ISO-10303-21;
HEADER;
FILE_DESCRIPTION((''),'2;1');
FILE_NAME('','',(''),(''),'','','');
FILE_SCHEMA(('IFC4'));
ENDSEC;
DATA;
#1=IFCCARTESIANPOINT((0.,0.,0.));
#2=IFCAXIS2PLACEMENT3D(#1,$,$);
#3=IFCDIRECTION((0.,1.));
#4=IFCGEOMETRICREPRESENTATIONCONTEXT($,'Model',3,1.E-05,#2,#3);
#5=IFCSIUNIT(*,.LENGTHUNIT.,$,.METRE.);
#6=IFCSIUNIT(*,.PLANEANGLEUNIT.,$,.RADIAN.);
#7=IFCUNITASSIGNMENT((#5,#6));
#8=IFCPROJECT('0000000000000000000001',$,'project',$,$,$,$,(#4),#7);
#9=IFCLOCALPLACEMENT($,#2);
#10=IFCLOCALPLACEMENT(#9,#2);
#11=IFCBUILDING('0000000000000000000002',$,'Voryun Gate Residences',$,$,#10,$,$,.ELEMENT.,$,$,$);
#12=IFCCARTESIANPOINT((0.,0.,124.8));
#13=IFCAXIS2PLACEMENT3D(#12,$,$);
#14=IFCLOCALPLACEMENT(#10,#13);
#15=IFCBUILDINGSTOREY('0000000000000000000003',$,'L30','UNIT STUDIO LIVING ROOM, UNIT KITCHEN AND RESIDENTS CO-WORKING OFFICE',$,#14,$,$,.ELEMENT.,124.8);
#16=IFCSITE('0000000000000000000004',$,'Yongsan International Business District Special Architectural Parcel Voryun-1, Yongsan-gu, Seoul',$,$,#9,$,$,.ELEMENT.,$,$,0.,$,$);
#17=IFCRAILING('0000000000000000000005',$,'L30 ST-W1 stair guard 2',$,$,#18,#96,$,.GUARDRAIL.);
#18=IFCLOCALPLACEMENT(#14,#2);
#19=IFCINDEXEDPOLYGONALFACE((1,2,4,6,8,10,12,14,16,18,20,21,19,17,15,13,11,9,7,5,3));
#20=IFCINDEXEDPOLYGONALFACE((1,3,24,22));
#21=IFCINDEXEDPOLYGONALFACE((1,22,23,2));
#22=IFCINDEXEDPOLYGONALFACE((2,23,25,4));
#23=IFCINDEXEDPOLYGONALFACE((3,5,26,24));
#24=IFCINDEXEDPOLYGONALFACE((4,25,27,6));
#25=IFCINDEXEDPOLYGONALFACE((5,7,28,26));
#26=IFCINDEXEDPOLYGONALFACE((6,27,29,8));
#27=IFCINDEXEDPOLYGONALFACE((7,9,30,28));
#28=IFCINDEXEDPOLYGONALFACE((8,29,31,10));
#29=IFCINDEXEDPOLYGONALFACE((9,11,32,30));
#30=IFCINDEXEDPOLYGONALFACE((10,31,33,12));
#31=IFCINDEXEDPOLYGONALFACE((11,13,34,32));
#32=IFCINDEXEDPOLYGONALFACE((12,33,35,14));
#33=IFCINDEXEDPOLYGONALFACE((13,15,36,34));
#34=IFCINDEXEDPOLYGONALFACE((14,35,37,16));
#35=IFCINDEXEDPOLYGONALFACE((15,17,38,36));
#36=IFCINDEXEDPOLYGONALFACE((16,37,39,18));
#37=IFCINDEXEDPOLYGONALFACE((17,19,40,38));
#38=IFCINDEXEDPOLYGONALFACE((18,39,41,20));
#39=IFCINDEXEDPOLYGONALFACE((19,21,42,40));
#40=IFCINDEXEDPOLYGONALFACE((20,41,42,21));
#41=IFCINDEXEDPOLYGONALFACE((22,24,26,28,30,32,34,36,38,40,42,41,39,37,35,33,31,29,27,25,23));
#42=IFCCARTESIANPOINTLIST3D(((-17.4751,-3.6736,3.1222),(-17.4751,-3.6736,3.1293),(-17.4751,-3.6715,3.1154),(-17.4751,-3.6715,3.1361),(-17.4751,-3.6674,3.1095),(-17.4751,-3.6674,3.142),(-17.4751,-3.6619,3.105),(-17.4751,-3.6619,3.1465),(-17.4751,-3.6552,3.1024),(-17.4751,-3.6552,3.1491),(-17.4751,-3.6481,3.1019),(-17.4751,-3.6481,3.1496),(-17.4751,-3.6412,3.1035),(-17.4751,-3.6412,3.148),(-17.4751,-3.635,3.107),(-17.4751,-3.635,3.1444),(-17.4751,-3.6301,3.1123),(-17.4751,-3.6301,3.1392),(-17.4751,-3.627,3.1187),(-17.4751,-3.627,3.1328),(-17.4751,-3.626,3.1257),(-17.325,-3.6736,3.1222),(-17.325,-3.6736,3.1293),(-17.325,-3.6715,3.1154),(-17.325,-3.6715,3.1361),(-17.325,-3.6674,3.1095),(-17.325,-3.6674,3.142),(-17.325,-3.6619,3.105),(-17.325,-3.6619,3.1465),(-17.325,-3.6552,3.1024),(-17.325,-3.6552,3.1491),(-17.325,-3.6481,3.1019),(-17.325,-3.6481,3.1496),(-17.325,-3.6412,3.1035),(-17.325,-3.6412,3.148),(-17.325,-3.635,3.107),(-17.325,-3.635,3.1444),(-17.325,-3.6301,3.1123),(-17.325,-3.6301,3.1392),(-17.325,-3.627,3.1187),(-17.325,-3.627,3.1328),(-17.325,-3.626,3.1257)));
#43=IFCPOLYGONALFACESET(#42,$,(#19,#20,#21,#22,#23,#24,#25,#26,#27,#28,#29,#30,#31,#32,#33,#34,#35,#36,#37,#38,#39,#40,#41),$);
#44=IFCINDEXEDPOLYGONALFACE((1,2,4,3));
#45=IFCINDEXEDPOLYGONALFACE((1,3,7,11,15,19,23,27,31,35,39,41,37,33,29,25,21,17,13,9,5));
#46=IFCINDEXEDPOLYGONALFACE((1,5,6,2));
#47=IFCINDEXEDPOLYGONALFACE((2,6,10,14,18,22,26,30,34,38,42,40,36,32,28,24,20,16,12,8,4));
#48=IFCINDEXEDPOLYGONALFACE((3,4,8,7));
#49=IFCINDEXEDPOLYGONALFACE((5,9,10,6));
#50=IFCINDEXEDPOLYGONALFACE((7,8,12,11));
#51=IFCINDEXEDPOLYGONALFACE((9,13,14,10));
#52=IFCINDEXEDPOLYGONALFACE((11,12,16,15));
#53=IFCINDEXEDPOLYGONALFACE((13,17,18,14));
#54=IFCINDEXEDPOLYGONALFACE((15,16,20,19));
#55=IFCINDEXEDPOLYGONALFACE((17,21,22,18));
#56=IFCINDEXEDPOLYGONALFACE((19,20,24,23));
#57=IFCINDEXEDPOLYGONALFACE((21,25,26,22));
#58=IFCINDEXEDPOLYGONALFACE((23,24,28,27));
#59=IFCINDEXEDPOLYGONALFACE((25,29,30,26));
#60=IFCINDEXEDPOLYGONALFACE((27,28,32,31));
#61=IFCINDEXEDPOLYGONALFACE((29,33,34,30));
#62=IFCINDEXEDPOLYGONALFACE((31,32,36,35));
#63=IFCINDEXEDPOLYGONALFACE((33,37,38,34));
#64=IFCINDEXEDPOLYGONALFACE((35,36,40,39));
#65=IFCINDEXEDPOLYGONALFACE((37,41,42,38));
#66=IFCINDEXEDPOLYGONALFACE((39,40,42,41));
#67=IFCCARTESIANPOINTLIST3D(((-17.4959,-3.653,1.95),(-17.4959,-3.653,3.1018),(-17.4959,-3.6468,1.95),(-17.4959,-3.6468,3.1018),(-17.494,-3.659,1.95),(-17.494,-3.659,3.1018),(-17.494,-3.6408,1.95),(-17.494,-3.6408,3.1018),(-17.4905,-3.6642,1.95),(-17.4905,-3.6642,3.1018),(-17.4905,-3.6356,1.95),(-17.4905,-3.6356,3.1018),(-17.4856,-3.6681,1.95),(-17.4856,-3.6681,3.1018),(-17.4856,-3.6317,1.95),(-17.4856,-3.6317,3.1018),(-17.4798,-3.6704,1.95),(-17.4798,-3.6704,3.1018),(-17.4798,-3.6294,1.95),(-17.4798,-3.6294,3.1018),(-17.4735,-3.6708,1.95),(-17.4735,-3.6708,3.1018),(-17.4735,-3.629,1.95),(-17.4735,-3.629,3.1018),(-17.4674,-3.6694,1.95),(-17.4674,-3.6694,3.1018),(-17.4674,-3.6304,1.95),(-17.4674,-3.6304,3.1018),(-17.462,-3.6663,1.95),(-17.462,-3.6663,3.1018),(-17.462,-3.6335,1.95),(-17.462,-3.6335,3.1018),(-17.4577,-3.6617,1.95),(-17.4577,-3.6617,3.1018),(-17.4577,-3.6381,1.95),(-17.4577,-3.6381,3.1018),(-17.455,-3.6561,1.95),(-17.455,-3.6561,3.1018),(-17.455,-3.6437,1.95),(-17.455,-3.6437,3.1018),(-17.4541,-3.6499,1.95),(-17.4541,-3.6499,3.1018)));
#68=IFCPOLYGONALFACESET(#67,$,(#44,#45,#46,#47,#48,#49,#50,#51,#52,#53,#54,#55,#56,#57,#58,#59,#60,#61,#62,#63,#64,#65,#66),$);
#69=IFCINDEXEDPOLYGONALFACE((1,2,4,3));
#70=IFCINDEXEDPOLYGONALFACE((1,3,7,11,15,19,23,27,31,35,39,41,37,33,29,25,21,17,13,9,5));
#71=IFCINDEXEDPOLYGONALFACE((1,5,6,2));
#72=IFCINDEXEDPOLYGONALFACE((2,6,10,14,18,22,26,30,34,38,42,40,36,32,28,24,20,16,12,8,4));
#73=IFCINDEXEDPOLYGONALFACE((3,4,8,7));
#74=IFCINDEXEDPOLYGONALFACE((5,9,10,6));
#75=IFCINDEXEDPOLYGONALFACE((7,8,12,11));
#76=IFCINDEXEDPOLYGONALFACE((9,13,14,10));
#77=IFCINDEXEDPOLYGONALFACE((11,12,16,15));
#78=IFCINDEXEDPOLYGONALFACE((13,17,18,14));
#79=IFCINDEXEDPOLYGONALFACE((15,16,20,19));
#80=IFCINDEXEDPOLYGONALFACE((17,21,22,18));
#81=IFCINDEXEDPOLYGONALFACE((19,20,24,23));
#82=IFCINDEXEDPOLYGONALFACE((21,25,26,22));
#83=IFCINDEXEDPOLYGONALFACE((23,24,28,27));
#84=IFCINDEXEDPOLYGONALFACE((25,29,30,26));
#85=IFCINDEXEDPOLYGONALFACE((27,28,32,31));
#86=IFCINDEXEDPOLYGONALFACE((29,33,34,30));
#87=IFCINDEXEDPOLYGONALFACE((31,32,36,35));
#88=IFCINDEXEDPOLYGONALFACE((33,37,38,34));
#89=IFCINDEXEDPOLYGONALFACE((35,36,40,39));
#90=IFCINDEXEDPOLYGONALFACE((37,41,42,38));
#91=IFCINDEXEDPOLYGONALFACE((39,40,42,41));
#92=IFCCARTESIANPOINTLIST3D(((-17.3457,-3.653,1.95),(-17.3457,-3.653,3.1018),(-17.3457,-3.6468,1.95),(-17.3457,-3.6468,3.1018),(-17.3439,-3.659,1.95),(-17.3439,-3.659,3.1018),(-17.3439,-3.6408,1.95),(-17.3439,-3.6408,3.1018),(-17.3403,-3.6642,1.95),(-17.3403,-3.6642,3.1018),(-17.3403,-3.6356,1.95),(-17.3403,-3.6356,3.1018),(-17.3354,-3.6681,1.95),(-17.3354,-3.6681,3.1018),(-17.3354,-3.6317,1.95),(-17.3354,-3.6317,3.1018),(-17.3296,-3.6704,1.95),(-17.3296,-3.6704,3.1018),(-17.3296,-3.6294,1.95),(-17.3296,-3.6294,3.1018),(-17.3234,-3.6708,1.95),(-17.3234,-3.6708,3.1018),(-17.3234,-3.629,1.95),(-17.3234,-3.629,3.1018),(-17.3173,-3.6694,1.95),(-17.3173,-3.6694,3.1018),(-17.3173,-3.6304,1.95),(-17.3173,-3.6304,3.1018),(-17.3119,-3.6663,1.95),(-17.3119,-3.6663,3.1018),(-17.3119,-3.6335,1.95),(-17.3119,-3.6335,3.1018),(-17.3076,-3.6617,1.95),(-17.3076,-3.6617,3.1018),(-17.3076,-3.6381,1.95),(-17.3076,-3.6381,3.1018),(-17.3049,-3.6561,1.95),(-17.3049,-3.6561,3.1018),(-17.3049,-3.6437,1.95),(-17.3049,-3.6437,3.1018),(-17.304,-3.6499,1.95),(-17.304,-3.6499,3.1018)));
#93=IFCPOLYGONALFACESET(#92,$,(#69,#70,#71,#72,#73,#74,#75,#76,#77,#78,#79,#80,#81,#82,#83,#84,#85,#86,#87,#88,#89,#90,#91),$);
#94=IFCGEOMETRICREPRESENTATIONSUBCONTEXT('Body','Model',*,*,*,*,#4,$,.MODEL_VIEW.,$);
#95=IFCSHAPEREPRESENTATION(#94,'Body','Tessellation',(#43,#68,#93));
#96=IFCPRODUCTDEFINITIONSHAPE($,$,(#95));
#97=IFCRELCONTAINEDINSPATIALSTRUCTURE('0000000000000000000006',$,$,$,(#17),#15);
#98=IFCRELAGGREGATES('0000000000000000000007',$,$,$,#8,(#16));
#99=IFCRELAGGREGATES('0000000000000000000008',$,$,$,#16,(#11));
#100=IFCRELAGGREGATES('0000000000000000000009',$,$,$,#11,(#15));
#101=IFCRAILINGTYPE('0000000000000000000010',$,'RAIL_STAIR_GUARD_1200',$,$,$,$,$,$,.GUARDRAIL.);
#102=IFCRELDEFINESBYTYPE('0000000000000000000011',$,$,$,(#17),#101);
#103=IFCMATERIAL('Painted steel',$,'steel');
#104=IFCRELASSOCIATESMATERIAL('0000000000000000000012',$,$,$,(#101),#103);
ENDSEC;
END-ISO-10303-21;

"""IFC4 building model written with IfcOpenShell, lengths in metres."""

from ifc_helpers import new_model, si_unit, direction, frame, origin, origin_2d, place, context, subcontext, project, spatial, circle, extrude, material, type_object, element, save


model = new_model("IFC4")

# Units and contexts
model_context = context("Model", 3, precision=1e-05, world=origin(), true_north=direction((0.0, 1.0)))
body_context = subcontext(model_context, "Body", "Model", "MODEL_VIEW")
ifc_project = project(units=[si_unit("LENGTHUNIT", "METRE"), si_unit("PLANEANGLEUNIT", "RADIAN")], contexts=[model_context])

# Site, building, storey
site_placement = place(None, origin())
site = spatial("IfcSite", under=ifc_project, at=site_placement, Name="Yongsan International Business District Special Architectural Parcel Voryun-1, Yongsan-gu, Seoul", CompositionType="ELEMENT", RefElevation=0.0)
building_placement = place(site_placement, origin())
building = spatial("IfcBuilding", under=site, at=building_placement, Name="Voryun Gate Residences", CompositionType="ELEMENT")
storey_placement = place(building_placement, frame((0.0, 0.0, 124.8)))
storey = spatial("IfcBuildingStorey", under=building, at=storey_placement, Name="L30", Description="UNIT STUDIO LIVING ROOM, UNIT KITCHEN AND RESIDENTS CO-WORKING OFFICE", CompositionType="ELEMENT", Elevation=124.8)

# Railing
ifc_material_1 = material(Name="Painted steel", Category="steel")
railing_type_1 = type_object("IfcRailingType", Name="RAIL_STAIR_GUARD_1200", PredefinedType="GUARDRAIL", material=ifc_material_1)
railing_1_placement = place(storey_placement, frame((-17.4751, -3.6499, 1.95)))
element("IfcRailing", 1, at=railing_1_placement, inside=storey, type_object=railing_type_1, Name="L30 ST-W1 stair guard 2", PredefinedType="GUARDRAIL", context=body_context, shape_type="SweptSolid", body=[
    extrude(circle(Radius=0.0239, at=origin_2d()), frame((0.0, 0.0, 1.1758), z_axis=(1.0, 0.0, 0.0), x_axis=(0.0, 1.0, 0.0)), (0.0, 0.0, 1.0), 0.1501),
    extrude(circle(Radius=0.021, at=origin_2d()), origin(), (0.0, 0.0, 1.0), 1.1519),
    extrude(circle(Radius=0.021, at=origin_2d()), frame((0.1501, 0.0, 0.0)), (0.0, 0.0, 1.0), 1.1519),
])

save(model, "model.ifc")
